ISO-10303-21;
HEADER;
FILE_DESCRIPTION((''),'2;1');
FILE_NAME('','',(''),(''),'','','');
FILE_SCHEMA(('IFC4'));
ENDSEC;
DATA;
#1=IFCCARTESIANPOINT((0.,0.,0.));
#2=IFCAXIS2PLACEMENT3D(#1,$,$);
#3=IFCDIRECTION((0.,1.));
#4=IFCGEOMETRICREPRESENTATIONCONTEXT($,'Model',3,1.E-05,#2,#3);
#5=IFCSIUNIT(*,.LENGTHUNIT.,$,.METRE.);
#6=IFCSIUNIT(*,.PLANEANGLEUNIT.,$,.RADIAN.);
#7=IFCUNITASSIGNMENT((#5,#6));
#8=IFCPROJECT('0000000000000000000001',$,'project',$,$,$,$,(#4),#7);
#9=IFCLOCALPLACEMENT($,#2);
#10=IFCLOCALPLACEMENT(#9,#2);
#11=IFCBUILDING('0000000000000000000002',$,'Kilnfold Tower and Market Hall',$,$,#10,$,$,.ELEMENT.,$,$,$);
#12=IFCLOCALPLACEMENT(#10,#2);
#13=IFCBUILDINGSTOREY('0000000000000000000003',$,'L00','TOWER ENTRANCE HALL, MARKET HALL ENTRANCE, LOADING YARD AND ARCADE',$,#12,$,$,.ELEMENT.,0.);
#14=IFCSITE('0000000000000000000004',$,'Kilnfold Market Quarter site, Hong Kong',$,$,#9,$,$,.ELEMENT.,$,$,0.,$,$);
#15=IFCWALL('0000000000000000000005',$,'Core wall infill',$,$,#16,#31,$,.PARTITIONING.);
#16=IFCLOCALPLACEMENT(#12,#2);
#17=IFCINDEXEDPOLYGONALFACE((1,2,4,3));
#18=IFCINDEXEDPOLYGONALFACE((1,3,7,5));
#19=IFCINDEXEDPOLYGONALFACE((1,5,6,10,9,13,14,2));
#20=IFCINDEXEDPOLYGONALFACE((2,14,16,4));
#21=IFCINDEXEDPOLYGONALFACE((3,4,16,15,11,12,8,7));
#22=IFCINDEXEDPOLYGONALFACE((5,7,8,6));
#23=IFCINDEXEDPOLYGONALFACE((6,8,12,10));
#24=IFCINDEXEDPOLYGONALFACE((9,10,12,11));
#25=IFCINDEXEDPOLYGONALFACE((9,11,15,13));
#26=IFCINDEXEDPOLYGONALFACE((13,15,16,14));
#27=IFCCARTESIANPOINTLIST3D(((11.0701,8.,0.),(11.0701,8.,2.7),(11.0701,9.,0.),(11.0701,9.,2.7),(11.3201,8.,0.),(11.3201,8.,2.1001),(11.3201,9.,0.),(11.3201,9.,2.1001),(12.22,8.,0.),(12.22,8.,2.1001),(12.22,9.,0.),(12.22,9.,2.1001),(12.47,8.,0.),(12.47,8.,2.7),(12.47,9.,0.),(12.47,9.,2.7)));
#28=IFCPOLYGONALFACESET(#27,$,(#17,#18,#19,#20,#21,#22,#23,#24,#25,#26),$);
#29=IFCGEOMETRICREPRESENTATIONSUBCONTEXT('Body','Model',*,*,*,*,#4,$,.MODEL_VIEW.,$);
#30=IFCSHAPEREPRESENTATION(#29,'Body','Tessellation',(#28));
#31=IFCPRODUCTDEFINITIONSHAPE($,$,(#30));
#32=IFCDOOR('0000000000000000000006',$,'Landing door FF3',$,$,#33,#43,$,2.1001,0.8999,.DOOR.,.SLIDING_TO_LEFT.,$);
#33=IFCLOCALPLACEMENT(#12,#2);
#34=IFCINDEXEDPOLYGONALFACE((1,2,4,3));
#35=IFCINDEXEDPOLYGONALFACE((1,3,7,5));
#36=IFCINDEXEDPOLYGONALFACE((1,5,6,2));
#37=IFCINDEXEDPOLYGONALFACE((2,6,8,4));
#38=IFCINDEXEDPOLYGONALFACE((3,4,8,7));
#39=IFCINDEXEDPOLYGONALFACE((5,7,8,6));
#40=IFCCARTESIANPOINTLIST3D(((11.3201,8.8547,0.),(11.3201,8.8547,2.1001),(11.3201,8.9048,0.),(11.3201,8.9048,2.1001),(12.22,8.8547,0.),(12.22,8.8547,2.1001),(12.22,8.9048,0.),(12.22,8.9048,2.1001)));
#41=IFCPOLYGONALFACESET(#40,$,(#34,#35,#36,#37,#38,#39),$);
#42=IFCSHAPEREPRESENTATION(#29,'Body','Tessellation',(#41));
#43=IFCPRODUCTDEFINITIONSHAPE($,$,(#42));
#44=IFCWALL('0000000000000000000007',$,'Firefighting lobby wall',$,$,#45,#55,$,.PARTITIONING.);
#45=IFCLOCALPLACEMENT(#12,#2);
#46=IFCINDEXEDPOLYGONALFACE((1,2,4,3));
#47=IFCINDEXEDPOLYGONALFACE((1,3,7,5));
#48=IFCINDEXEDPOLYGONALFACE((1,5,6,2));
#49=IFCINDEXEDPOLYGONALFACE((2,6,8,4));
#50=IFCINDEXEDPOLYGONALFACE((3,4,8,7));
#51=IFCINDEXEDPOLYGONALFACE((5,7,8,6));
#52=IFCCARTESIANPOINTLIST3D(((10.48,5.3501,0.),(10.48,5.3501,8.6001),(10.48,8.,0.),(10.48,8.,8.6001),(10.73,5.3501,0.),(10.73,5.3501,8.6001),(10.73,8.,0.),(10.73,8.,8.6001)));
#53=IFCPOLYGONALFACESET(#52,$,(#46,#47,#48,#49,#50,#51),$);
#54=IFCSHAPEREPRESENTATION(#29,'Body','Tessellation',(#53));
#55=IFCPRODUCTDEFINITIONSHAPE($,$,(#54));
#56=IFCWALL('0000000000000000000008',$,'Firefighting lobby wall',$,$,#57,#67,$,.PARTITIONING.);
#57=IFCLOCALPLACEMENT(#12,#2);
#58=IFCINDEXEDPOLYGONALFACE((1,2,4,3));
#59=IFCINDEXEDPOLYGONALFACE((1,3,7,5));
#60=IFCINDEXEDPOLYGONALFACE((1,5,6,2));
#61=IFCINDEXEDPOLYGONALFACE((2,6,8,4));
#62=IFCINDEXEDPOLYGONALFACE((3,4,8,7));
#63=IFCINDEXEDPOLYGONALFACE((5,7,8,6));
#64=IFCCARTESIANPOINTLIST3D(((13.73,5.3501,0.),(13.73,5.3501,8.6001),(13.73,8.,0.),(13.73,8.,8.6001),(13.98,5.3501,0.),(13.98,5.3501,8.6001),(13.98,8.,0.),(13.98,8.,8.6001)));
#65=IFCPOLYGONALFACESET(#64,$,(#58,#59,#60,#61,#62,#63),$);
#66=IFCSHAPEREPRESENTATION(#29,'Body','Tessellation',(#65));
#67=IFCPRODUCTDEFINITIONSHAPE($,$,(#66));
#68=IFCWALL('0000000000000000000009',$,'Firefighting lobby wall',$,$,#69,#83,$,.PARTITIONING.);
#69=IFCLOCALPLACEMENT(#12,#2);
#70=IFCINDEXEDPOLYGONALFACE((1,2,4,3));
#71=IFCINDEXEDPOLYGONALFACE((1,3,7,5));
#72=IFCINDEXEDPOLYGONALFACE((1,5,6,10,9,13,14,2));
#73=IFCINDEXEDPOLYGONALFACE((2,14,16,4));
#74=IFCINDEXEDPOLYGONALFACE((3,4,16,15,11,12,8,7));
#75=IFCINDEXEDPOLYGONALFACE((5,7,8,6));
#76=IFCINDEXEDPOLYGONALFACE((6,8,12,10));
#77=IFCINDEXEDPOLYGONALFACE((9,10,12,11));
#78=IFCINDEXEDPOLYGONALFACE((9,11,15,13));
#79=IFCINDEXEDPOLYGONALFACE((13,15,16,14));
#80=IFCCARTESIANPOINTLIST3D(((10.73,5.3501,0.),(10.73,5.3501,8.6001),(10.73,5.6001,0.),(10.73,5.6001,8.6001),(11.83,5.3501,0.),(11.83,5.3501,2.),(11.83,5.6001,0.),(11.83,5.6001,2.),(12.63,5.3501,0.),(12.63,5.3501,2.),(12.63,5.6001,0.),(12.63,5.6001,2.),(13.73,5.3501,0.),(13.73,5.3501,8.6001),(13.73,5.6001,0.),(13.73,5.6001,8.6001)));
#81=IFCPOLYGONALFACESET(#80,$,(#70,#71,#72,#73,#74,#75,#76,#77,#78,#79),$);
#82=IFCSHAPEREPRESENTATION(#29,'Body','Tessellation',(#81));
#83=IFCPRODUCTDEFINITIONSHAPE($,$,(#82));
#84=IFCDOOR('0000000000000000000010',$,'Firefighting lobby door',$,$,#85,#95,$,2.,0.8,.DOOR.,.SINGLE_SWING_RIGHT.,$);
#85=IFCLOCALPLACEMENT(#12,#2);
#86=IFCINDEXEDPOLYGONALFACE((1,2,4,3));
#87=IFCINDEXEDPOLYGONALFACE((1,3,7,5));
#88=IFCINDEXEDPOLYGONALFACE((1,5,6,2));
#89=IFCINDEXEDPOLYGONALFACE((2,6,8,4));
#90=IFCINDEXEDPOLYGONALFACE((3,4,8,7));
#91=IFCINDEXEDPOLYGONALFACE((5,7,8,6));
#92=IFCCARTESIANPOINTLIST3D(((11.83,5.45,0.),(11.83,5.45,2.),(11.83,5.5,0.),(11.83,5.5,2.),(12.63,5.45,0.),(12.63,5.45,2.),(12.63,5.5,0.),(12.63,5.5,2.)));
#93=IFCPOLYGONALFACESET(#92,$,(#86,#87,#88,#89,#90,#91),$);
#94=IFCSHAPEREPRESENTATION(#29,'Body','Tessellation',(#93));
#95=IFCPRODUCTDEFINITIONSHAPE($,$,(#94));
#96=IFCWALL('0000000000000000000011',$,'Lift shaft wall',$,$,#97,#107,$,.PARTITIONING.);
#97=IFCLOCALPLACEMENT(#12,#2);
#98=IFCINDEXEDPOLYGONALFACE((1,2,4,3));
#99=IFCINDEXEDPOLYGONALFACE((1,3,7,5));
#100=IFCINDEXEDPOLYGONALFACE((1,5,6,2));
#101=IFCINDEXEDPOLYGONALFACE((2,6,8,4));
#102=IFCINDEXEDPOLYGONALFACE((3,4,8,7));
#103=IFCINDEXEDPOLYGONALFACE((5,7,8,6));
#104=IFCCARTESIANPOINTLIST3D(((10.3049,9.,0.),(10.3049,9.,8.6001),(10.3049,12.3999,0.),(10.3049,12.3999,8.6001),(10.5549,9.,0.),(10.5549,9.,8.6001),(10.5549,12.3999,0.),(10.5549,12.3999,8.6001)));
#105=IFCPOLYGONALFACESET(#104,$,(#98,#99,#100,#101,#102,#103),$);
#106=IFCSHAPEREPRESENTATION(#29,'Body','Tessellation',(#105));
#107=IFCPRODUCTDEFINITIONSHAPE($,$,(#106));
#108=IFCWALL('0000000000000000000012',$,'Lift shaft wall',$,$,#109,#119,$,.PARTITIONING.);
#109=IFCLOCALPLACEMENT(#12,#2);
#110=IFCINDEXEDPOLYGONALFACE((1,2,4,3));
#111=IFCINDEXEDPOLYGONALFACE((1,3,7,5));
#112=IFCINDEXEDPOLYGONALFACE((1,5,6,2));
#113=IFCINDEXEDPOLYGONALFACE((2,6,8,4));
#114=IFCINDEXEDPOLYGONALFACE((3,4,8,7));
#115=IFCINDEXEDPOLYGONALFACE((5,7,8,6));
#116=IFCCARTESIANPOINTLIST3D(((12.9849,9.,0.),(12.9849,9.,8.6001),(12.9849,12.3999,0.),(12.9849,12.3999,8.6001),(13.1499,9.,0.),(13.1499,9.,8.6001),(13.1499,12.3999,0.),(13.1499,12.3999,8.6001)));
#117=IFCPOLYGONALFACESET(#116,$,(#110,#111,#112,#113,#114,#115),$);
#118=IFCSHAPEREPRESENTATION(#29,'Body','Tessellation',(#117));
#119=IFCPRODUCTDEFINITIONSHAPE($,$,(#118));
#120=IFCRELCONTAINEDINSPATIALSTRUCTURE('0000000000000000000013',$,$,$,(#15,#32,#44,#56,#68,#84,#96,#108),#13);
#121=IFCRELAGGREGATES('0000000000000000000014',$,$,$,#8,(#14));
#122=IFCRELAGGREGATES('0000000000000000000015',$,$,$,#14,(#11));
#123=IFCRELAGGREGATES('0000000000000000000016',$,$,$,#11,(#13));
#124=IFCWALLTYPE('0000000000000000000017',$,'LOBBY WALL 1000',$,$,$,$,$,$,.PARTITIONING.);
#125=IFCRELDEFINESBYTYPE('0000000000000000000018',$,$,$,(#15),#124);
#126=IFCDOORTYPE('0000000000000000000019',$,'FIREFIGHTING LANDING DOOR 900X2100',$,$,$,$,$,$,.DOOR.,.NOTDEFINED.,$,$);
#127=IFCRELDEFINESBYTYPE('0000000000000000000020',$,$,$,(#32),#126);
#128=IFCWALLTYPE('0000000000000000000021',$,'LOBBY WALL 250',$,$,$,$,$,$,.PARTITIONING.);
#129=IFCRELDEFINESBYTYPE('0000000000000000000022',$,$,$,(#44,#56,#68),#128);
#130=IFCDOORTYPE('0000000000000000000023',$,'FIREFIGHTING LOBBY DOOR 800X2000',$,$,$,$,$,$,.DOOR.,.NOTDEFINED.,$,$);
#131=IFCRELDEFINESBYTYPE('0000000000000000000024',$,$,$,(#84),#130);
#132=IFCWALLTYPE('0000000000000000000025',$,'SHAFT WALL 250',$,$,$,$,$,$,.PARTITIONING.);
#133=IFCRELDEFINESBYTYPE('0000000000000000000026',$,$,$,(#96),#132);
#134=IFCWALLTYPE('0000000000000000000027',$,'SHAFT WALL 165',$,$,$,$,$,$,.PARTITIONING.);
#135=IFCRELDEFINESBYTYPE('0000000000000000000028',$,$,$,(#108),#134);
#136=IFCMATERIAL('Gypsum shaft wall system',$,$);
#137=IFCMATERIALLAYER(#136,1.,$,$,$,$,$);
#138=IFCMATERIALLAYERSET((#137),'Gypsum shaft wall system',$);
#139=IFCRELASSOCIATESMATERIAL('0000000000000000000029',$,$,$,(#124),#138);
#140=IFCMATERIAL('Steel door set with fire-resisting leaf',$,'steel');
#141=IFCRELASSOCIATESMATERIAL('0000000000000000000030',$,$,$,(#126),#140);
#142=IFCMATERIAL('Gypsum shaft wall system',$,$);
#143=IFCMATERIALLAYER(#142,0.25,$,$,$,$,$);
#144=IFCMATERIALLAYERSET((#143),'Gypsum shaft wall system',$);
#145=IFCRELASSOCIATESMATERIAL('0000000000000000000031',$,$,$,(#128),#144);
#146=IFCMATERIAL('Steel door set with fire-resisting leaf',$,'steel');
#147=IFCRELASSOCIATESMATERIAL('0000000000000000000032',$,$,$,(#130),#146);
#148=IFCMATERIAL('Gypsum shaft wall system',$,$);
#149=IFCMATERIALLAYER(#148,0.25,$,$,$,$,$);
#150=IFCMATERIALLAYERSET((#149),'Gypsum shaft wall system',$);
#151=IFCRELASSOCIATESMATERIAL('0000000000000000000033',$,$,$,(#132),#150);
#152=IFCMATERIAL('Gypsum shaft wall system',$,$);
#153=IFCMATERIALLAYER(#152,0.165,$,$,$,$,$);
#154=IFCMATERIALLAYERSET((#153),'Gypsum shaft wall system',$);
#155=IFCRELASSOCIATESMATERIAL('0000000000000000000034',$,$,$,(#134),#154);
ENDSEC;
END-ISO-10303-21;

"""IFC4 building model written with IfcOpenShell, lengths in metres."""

from ifc_helpers import new_model, si_unit, direction, frame, frame_2d, origin, place, context, subcontext, project, spatial, rectangle, extrude, source, transform, mapped, material, layer, layer_set, type_object, element, fill, save


model = new_model("IFC4")

# Units and contexts
model_context = context("Model", 3, precision=1e-05, world=origin(), true_north=direction((0.0, 1.0)))
body_context = subcontext(model_context, "Body", "Model", "MODEL_VIEW")
ifc_project = project(units=[si_unit("LENGTHUNIT", "METRE"), si_unit("PLANEANGLEUNIT", "RADIAN")], contexts=[model_context])

# Site, building, storey
site_placement = place(None, origin())
site = spatial("IfcSite", under=ifc_project, at=site_placement, Name="Kilnfold Market Quarter site, Hong Kong", CompositionType="ELEMENT", RefElevation=0.0)
building_placement = place(site_placement, origin())
building = spatial("IfcBuilding", under=site, at=building_placement, Name="Kilnfold Tower and Market Hall", CompositionType="ELEMENT")
storey_placement = place(building_placement, origin())
storey = spatial("IfcBuildingStorey", under=building, at=storey_placement, Name="L00", Description="TOWER ENTRANCE HALL, MARKET HALL ENTRANCE, LOADING YARD AND ARCADE", CompositionType="ELEMENT", Elevation=0.0)

# Wall, opening, door
ifc_material_1 = material(Name="Gypsum shaft wall system")
ifc_layer_1 = layer(ifc_material_1, 1.0)
ifc_layer_set_1 = layer_set([ifc_layer_1], Name="Gypsum shaft wall system")
wall_type_1 = type_object("IfcWallType", Name="LOBBY WALL 1000", PredefinedType="PARTITIONING", material=ifc_layer_set_1)
shared_shape_1 = source(origin(), body_context, "Body", "SweptSolid", [
    extrude(rectangle(XDim=1.3999, YDim=1.0, at=frame_2d((0.7, 0.0))), origin(), (0.0, 0.0, 1.0), 2.7),
])
wall_1_placement = place(storey_placement, frame((11.0701, 8.5, 0.0), z_axis=(0.0, 0.0, 1.0), x_axis=(1.0, 0.0, 0.0)))
wall_1 = element("IfcWall", 1, at=wall_1_placement, inside=storey, type_object=wall_type_1, Name="Core wall infill", PredefinedType="PARTITIONING", context=body_context, shape_type="MappedRepresentation", body=[
    mapped(shared_shape_1, transform((0.0, 0.0, 0.0))),
])
opening_1_placement = place(wall_1_placement, frame((0.25, 0.0, 0.0)))
opening_1 = element("IfcOpeningElement", 2, at=opening_1_placement, cuts=wall_1, PredefinedType="OPENING", context=body_context, shape_type="SweptSolid", body=[
    extrude(rectangle(XDim=0.8999, YDim=2.1001, at=frame_2d((0.45, 1.05))), frame((0.0, 0.51, 0.0), z_axis=(0.0, -1.0, 0.0), x_axis=(1.0, 0.0, 0.0)), (0.0, 0.0, 1.0), 1.02),
])
ifc_material_2 = material(Name="Steel door set with fire-resisting leaf", Category="steel")
door_type_1 = type_object("IfcDoorType", Name="FIREFIGHTING LANDING DOOR 900X2100", OperationType="NOTDEFINED", PredefinedType="DOOR", material=ifc_material_2)
door_1_placement = place(opening_1_placement, origin())
door_1 = element("IfcDoor", 3, at=door_1_placement, inside=storey, type_object=door_type_1, Name="Landing door FF3", OperationType="SLIDING_TO_LEFT", OverallHeight=2.1001, OverallWidth=0.8999, PredefinedType="DOOR", context=body_context, shape_type="SweptSolid", body=[
    extrude(rectangle(XDim=0.8999, YDim=2.1001, at=frame_2d((0.45, 1.05))), frame((0.0, 0.4048, 0.0), z_axis=(0.0, -1.0, 0.0), x_axis=(1.0, 0.0, 0.0)), (0.0, 0.0, 1.0), 0.05),
])
fill(opening_1, door_1)

# Walls
ifc_material_3 = material(Name="Gypsum shaft wall system")
ifc_layer_2 = layer(ifc_material_3, 0.25)
ifc_layer_set_2 = layer_set([ifc_layer_2], Name="Gypsum shaft wall system")
wall_type_2 = type_object("IfcWallType", Name="LOBBY WALL 250", PredefinedType="PARTITIONING", material=ifc_layer_set_2)
shared_shape_2 = source(origin(), body_context, "Body", "SweptSolid", [
    extrude(rectangle(XDim=2.6499, YDim=0.25, at=frame_2d((1.325, 0.0))), origin(), (0.0, 0.0, 1.0), 8.6001),
])
for number, where, z_axis, x_axis, name in (
    (4, (10.605, 5.3501, 0.0), (0.0, 0.0, 1.0), (0.0, 1.0, 0.0), "Firefighting lobby wall"),
    (5, (13.855, 5.3501, 0.0), (0.0, 0.0, 1.0), (0.0, 1.0, 0.0), "Firefighting lobby wall"),
):
    element("IfcWall", number, at=place(storey_placement, frame(where, z_axis=z_axis, x_axis=x_axis)), inside=storey, type_object=wall_type_2, Name=name, PredefinedType="PARTITIONING", context=body_context, shape_type="MappedRepresentation", body=[
        mapped(shared_shape_2, transform((0.0, 0.0, 0.0))),
    ])

# Wall, opening, door
shared_shape_3 = source(origin(), body_context, "Body", "SweptSolid", [
    extrude(rectangle(XDim=3.0, YDim=0.25, at=frame_2d((1.5, 0.0))), origin(), (0.0, 0.0, 1.0), 8.6001),
])
wall_2_placement = place(storey_placement, frame((10.73, 5.4751, 0.0), z_axis=(0.0, 0.0, 1.0), x_axis=(1.0, 0.0, 0.0)))
wall_2 = element("IfcWall", 6, at=wall_2_placement, inside=storey, type_object=wall_type_2, Name="Firefighting lobby wall", PredefinedType="PARTITIONING", context=body_context, shape_type="MappedRepresentation", body=[
    mapped(shared_shape_3, transform((0.0, 0.0, 0.0))),
])
opening_2_placement = place(wall_2_placement, frame((1.1001, 0.0, 0.0)))
opening_2 = element("IfcOpeningElement", 7, at=opening_2_placement, cuts=wall_2, PredefinedType="OPENING", context=body_context, shape_type="SweptSolid", body=[
    extrude(rectangle(XDim=0.8, YDim=2.0, at=frame_2d((0.3999, 1.0))), frame((0.0, 0.135, 0.0), z_axis=(0.0, -1.0, 0.0), x_axis=(1.0, 0.0, 0.0)), (0.0, 0.0, 1.0), 0.27),
])
ifc_material_4 = material(Name="Steel door set with fire-resisting leaf", Category="steel")
door_type_2 = type_object("IfcDoorType", Name="FIREFIGHTING LOBBY DOOR 800X2000", OperationType="NOTDEFINED", PredefinedType="DOOR", material=ifc_material_4)
door_2_placement = place(opening_2_placement, origin())
door_2 = element("IfcDoor", 8, at=door_2_placement, inside=storey, type_object=door_type_2, Name="Firefighting lobby door", OperationType="SINGLE_SWING_RIGHT", OverallHeight=2.0, OverallWidth=0.8, PredefinedType="DOOR", context=body_context, shape_type="SweptSolid", body=[
    extrude(rectangle(XDim=0.8, YDim=2.0, at=frame_2d((0.3999, 1.0))), frame((0.0, 0.0249, 0.0), z_axis=(0.0, -1.0, 0.0), x_axis=(1.0, 0.0, 0.0)), (0.0, 0.0, 1.0), 0.05),
])
fill(opening_2, door_2)

# Walls
ifc_material_5 = material(Name="Gypsum shaft wall system")
ifc_layer_3 = layer(ifc_material_5, 0.25)
ifc_layer_set_3 = layer_set([ifc_layer_3], Name="Gypsum shaft wall system")
wall_type_3 = type_object("IfcWallType", Name="SHAFT WALL 250", PredefinedType="PARTITIONING", material=ifc_layer_set_3)
shared_shape_4 = source(origin(), body_context, "Body", "SweptSolid", [
    extrude(rectangle(XDim=3.3999, YDim=0.25, at=frame_2d((1.7, 0.0))), origin(), (0.0, 0.0, 1.0), 8.6001),
])
wall_3_placement = place(storey_placement, frame((10.4299, 9.0, 0.0), z_axis=(0.0, 0.0, 1.0), x_axis=(0.0, 1.0, 0.0)))
element("IfcWall", 9, at=wall_3_placement, inside=storey, type_object=wall_type_3, Name="Lift shaft wall", PredefinedType="PARTITIONING", context=body_context, shape_type="MappedRepresentation", body=[
    mapped(shared_shape_4, transform((0.0, 0.0, 0.0))),
])
ifc_material_6 = material(Name="Gypsum shaft wall system")
ifc_layer_4 = layer(ifc_material_6, 0.165)
ifc_layer_set_4 = layer_set([ifc_layer_4], Name="Gypsum shaft wall system")
wall_type_4 = type_object("IfcWallType", Name="SHAFT WALL 165", PredefinedType="PARTITIONING", material=ifc_layer_set_4)
shared_shape_5 = source(origin(), body_context, "Body", "SweptSolid", [
    extrude(rectangle(XDim=3.3999, YDim=0.165, at=frame_2d((1.7, 0.0))), origin(), (0.0, 0.0, 1.0), 8.6001),
])
wall_4_placement = place(storey_placement, frame((13.0674, 9.0, 0.0), z_axis=(0.0, 0.0, 1.0), x_axis=(0.0, 1.0, 0.0)))
element("IfcWall", 10, at=wall_4_placement, inside=storey, type_object=wall_type_4, Name="Lift shaft wall", PredefinedType="PARTITIONING", context=body_context, shape_type="MappedRepresentation", body=[
    mapped(shared_shape_5, transform((0.0, 0.0, 0.0))),
])

save(model, "model.ifc")
